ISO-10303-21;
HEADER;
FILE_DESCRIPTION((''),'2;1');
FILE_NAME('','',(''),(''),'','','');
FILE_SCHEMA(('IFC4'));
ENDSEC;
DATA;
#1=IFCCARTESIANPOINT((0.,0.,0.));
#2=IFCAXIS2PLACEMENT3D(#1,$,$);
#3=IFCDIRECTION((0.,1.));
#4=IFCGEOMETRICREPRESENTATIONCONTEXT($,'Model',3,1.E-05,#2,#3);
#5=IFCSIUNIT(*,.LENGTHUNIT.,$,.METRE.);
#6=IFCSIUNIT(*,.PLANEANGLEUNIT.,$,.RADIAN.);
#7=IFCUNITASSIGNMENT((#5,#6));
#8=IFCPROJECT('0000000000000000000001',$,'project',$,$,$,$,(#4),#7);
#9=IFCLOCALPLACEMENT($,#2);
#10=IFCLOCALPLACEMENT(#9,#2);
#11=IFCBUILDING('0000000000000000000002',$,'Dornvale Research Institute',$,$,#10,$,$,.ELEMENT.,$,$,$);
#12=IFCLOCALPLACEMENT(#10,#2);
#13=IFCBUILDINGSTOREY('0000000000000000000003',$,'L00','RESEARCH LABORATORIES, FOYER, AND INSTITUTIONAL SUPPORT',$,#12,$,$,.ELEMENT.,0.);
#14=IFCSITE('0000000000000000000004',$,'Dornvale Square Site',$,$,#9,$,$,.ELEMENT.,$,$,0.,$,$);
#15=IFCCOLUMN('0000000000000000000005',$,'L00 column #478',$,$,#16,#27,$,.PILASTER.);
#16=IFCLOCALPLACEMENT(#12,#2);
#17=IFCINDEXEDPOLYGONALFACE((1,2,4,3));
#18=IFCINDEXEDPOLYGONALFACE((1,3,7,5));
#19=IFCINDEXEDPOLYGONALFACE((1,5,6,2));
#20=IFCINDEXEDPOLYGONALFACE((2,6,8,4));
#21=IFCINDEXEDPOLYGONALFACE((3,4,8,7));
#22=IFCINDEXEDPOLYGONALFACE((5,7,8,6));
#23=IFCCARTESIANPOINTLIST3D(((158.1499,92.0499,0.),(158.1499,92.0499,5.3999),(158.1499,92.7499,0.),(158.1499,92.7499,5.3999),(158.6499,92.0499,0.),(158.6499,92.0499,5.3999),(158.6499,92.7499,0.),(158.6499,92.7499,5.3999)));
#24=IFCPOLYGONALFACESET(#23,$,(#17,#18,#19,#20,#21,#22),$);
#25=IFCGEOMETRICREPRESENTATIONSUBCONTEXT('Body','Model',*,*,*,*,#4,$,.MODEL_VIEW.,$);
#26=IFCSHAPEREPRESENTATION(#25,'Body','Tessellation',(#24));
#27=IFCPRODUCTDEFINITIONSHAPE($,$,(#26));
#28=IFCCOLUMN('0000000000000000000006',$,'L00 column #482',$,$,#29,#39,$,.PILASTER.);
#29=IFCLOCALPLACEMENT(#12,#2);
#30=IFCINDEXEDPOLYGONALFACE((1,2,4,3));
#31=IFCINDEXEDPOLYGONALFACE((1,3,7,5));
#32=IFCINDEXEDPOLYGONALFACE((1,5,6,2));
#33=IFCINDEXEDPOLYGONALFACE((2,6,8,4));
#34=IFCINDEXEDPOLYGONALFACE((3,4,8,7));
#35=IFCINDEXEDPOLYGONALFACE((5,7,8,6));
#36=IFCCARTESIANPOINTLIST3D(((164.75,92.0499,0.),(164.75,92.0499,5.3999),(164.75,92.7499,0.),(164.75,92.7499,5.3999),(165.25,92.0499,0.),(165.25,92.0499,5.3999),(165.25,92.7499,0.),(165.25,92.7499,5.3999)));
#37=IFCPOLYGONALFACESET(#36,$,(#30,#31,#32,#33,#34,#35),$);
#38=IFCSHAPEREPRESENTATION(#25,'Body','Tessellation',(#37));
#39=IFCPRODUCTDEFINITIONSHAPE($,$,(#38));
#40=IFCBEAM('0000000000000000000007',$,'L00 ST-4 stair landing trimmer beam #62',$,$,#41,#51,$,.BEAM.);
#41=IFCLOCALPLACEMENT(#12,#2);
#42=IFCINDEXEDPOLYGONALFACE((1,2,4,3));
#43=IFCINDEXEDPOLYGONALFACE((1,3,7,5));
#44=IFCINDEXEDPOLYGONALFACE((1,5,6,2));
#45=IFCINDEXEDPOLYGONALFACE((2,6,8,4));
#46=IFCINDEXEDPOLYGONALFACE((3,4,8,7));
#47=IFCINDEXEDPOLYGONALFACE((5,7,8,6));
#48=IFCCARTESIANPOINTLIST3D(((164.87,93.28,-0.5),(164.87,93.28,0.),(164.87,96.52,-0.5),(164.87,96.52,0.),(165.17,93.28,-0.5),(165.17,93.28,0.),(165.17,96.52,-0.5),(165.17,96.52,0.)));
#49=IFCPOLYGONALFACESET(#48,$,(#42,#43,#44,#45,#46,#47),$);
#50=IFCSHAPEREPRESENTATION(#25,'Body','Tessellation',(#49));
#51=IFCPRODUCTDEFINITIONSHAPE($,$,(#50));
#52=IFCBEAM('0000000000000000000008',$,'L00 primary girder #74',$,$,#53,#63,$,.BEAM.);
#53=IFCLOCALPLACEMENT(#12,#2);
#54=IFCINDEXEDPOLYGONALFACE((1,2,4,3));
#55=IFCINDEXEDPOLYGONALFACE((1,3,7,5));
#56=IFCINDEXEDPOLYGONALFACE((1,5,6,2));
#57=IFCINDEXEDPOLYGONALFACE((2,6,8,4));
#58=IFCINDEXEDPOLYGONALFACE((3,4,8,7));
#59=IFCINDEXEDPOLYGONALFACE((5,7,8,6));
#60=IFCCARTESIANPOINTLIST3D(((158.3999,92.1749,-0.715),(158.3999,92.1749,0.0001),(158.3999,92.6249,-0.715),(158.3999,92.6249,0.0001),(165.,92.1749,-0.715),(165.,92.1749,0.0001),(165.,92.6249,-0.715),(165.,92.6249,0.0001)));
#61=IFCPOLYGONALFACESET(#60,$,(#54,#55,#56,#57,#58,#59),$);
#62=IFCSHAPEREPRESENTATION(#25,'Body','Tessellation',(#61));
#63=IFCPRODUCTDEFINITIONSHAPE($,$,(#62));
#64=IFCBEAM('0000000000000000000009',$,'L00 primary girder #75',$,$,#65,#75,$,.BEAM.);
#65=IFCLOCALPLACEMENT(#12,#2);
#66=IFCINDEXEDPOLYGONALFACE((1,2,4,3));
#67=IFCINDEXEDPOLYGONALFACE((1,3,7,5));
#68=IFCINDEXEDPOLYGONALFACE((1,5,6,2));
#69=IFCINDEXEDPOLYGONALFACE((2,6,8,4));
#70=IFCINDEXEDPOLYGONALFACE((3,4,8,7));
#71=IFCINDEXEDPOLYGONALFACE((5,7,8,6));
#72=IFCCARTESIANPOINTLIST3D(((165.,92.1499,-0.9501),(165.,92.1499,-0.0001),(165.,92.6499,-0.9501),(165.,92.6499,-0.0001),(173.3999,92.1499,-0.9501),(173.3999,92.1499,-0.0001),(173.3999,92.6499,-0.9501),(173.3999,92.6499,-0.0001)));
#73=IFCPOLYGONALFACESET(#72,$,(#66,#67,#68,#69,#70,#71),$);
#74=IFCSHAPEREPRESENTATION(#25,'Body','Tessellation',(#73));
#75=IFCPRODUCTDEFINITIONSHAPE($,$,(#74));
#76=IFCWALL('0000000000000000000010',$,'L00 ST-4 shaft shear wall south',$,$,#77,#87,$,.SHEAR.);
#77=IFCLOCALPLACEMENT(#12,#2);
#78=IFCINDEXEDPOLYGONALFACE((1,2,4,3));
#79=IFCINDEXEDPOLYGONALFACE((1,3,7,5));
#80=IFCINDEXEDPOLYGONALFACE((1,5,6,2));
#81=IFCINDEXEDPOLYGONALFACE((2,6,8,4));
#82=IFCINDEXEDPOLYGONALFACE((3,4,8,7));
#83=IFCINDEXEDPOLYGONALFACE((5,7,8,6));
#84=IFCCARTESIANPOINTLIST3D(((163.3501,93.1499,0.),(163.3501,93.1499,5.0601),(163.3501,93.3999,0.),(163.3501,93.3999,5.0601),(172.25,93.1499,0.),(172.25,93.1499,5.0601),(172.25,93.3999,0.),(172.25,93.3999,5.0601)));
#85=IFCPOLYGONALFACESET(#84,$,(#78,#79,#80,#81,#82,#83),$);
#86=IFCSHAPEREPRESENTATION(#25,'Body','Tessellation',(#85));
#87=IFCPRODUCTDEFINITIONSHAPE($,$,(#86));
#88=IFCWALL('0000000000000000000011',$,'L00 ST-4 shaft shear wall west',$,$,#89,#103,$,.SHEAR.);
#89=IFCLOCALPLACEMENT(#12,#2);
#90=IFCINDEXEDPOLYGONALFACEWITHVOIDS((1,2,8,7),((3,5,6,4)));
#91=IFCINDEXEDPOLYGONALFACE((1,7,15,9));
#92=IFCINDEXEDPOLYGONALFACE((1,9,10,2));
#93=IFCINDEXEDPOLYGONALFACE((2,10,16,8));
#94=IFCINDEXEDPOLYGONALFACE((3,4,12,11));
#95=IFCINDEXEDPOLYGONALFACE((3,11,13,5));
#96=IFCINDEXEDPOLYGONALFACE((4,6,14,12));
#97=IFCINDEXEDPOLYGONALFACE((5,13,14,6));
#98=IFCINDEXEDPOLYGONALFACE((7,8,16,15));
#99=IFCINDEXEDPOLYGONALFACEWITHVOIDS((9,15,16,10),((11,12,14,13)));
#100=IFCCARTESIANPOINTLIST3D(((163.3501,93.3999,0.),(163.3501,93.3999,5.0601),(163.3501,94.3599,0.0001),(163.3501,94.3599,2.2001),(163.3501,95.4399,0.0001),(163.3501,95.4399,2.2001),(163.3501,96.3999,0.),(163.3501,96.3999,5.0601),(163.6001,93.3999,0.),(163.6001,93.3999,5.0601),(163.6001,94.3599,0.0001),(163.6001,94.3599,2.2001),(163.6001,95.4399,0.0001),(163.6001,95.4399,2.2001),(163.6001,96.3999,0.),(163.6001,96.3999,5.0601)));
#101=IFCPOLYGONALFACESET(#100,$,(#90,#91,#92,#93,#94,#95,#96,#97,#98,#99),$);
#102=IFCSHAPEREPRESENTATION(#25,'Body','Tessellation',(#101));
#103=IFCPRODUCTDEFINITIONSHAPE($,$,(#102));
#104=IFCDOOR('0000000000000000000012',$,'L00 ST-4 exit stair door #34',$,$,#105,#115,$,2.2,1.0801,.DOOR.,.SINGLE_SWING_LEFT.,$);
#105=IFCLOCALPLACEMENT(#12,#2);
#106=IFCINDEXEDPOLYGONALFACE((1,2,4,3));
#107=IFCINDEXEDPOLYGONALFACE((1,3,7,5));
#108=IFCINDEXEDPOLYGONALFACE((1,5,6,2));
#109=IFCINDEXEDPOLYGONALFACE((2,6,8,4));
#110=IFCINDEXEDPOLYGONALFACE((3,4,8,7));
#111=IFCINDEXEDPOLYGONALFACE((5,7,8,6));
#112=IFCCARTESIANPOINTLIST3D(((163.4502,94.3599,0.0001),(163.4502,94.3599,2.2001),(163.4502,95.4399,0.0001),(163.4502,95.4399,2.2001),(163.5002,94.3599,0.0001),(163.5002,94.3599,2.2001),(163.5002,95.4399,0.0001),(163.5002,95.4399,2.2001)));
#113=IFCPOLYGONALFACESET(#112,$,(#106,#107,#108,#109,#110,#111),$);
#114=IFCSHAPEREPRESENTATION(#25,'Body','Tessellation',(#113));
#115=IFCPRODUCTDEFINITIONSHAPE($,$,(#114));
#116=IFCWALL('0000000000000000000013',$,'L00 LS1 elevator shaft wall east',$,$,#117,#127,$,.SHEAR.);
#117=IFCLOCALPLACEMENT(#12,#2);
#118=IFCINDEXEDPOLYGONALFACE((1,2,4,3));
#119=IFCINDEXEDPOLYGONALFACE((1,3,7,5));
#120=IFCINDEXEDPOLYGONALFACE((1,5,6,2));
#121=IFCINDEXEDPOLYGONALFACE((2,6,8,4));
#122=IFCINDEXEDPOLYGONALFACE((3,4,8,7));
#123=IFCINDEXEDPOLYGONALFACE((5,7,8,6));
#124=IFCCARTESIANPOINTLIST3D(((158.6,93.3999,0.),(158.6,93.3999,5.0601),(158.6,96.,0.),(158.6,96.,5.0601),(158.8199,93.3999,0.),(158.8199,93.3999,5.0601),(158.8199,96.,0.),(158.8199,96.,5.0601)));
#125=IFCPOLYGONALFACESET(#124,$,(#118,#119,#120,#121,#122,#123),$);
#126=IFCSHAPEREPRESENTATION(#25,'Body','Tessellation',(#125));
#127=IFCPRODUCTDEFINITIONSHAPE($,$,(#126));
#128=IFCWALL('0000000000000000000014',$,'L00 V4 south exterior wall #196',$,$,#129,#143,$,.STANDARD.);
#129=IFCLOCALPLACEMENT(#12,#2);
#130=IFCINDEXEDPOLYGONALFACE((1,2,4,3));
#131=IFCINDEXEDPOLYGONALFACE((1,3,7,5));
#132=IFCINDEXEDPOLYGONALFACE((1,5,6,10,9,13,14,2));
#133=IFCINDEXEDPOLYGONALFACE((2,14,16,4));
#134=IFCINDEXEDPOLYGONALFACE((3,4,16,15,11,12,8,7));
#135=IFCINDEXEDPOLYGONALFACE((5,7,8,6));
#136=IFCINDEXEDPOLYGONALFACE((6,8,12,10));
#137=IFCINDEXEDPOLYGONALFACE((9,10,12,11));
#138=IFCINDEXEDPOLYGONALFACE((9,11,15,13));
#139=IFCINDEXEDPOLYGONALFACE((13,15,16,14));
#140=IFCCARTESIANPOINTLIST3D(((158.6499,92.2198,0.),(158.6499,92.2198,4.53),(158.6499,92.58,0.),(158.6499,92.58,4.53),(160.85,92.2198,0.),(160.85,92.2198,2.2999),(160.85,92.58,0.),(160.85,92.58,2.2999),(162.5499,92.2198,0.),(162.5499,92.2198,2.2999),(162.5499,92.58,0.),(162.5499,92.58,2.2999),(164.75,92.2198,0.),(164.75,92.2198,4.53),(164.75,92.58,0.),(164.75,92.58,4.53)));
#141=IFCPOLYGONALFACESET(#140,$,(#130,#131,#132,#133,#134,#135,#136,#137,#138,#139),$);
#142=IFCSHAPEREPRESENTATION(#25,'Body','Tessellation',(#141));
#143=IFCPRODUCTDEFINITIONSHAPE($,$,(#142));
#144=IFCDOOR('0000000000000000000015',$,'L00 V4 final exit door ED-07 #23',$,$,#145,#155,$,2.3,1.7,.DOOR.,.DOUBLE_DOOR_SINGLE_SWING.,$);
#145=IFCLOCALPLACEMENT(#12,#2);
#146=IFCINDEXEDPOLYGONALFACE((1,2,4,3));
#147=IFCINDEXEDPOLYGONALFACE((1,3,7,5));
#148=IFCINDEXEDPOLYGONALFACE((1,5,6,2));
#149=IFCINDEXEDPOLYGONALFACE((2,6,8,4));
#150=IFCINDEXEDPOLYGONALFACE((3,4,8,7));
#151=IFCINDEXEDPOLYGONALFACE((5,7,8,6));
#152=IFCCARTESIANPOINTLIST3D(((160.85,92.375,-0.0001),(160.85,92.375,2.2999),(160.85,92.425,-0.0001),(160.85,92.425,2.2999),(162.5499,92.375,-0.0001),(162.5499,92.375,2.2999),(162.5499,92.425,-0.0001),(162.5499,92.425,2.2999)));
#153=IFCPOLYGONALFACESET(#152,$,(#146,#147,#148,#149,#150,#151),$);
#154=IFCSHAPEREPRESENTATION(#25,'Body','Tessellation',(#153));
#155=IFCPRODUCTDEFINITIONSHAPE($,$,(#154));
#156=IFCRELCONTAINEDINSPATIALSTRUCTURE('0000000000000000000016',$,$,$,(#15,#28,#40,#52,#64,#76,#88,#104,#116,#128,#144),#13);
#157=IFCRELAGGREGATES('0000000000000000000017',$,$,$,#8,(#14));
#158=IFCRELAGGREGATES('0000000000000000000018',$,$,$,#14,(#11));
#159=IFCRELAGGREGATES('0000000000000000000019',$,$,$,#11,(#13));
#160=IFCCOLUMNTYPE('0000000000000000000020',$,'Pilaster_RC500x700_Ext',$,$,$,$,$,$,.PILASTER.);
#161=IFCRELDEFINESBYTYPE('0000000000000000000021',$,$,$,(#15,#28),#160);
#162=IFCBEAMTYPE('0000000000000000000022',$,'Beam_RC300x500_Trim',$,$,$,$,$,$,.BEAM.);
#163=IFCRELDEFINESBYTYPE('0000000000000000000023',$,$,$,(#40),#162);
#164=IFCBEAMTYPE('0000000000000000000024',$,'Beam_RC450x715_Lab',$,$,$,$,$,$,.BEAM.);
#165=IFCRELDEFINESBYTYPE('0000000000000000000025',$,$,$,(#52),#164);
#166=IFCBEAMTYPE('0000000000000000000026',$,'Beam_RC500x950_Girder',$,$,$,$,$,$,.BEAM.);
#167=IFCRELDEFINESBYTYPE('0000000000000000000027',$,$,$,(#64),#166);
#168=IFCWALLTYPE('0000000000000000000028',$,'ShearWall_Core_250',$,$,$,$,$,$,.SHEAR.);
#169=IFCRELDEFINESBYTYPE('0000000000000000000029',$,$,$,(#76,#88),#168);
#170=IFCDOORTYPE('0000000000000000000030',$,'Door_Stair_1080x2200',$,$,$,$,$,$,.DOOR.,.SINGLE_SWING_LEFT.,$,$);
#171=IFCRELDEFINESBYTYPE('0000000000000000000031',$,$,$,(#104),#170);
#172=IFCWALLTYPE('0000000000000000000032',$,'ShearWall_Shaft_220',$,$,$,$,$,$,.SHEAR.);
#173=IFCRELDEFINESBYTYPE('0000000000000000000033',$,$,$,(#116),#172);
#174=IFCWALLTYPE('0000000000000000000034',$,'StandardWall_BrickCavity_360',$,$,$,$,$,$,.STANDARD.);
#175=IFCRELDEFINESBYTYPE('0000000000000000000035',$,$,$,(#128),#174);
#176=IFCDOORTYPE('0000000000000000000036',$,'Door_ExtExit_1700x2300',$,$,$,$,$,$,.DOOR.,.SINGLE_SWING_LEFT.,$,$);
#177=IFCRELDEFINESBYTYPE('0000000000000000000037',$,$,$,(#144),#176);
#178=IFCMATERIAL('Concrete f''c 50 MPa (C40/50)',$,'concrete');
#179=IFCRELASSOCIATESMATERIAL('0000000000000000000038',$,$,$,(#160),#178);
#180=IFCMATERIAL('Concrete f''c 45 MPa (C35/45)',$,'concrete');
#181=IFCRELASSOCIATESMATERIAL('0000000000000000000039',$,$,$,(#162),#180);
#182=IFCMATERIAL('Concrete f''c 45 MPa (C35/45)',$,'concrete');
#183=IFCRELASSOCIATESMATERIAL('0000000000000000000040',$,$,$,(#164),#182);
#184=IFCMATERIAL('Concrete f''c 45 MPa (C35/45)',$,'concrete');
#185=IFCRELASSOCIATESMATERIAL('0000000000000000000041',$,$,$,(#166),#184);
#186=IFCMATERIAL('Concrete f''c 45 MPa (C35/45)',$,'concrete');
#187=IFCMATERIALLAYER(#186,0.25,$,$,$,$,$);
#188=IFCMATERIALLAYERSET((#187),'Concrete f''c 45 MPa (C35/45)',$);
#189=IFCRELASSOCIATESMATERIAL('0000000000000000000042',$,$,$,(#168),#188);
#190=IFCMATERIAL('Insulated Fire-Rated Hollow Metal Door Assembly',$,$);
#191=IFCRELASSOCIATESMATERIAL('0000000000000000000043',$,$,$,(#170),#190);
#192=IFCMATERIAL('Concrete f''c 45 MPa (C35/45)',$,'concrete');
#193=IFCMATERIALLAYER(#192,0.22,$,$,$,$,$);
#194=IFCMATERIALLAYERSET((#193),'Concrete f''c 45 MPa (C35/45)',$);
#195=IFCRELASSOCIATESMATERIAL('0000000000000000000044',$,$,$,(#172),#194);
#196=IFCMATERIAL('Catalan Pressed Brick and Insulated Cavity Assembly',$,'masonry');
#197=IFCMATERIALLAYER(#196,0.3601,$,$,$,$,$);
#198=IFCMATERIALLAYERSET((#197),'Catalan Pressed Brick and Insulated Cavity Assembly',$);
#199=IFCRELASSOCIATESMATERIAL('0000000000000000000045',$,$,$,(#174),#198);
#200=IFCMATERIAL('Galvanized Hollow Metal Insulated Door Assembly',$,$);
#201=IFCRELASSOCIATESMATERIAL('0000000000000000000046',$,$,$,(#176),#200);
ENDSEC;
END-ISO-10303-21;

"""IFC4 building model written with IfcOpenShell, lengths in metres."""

from ifc_helpers import new_model, si_unit, direction, frame, frame_2d, origin, origin_2d, place, context, subcontext, project, spatial, rectangle, extrude, material, layer, layer_set, material_profile, profile_set, type_object, element, fill, save


model = new_model("IFC4")

# Units and contexts
model_context = context("Model", 3, precision=1e-05, world=origin(), true_north=direction((0.0, 1.0)))
body_context = subcontext(model_context, "Body", "Model", "MODEL_VIEW")
ifc_project = project(units=[si_unit("LENGTHUNIT", "METRE"), si_unit("PLANEANGLEUNIT", "RADIAN")], contexts=[model_context])

# Site, building, storey
site_placement = place(None, origin())
site = spatial("IfcSite", under=ifc_project, at=site_placement, Name="Dornvale Square Site", CompositionType="ELEMENT", RefElevation=0.0)
building_placement = place(site_placement, origin())
building = spatial("IfcBuilding", under=site, at=building_placement, Name="Dornvale Research Institute", CompositionType="ELEMENT")
storey_placement = place(building_placement, origin())
storey = spatial("IfcBuildingStorey", under=building, at=storey_placement, Name="L00", Description="RESEARCH LABORATORIES, FOYER, AND INSTITUTIONAL SUPPORT", CompositionType="ELEMENT", Elevation=0.0)

# Columns
ifc_material_1 = material(Name="Concrete f'c 50 MPa (C40/50)", Category="concrete")
ifc_material_profile_1 = material_profile(ifc_material_1, rectangle(XDim=0.5, YDim=0.7, at=origin_2d()), Name="RC 500x700")
ifc_profile_set_1 = profile_set([ifc_material_profile_1], Name="Concrete f'c 50 MPa (C40/50)")
column_type = type_object("IfcColumnType", Name="Pilaster_RC500x700_Ext", PredefinedType="PILASTER", material=ifc_profile_set_1)
for number, where, z_axis, x_axis, name in (
    (1, (158.3999, 92.3999, 0.0), (0.0, 0.0, 1.0), (1.0, 0.0, 0.0), "L00 column #478"),
    (2, (165.0, 92.3999, 0.0), (0.0, 0.0, 1.0), (1.0, 0.0, 0.0), "L00 column #482"),
):
    element("IfcColumn", number, at=place(storey_placement, frame(where, z_axis=z_axis, x_axis=x_axis)), inside=storey, type_object=column_type, Name=name, PredefinedType="PILASTER", context=body_context, shape_type="SweptSolid", body=[
        extrude(rectangle(XDim=0.5, YDim=0.7, at=origin_2d()), origin(), (0.0, 0.0, 1.0), 5.3999),
    ])

# Beams
ifc_material_2 = material(Name="Concrete f'c 45 MPa (C35/45)", Category="concrete")
ifc_material_profile_2 = material_profile(ifc_material_2, rectangle(XDim=0.3, YDim=0.5, at=origin_2d()), Name="RC 300x500")
ifc_profile_set_2 = profile_set([ifc_material_profile_2], Name="Concrete f'c 45 MPa (C35/45)")
beam_type_1 = type_object("IfcBeamType", Name="Beam_RC300x500_Trim", PredefinedType="BEAM", material=ifc_profile_set_2)
beam_1_placement = place(storey_placement, frame((165.02, 93.28, -0.25), z_axis=(0.0, 1.0, 0.0), x_axis=(-1.0, 0.0, 0.0)))
element("IfcBeam", 3, at=beam_1_placement, inside=storey, type_object=beam_type_1, Name="L00 ST-4 stair landing trimmer beam #62", PredefinedType="BEAM", context=body_context, shape_type="SweptSolid", body=[
    extrude(rectangle(XDim=0.3, YDim=0.5, at=origin_2d()), origin(), (0.0, 0.0, 1.0), 3.24),
])
ifc_material_3 = material(Name="Concrete f'c 45 MPa (C35/45)", Category="concrete")
ifc_material_profile_3 = material_profile(ifc_material_3, rectangle(XDim=0.45, YDim=0.7151, at=origin_2d()), Name="RC 450x715")
ifc_profile_set_3 = profile_set([ifc_material_profile_3], Name="Concrete f'c 45 MPa (C35/45)")
beam_type_2 = type_object("IfcBeamType", Name="Beam_RC450x715_Lab", PredefinedType="BEAM", material=ifc_profile_set_3)
beam_2_placement = place(storey_placement, frame((158.3999, 92.3999, -0.3574), z_axis=(1.0, 0.0, 0.0), x_axis=(0.0, 1.0, 0.0)))
element("IfcBeam", 4, at=beam_2_placement, inside=storey, type_object=beam_type_2, Name="L00 primary girder #74", PredefinedType="BEAM", context=body_context, shape_type="SweptSolid", body=[
    extrude(rectangle(XDim=0.45, YDim=0.7151, at=origin_2d()), origin(), (0.0, 0.0, 1.0), 6.6001),
])
ifc_material_4 = material(Name="Concrete f'c 45 MPa (C35/45)", Category="concrete")
ifc_material_profile_4 = material_profile(ifc_material_4, rectangle(XDim=0.5, YDim=0.95, at=origin_2d()), Name="RC 500x950")
ifc_profile_set_4 = profile_set([ifc_material_profile_4], Name="Concrete f'c 45 MPa (C35/45)")
beam_type_3 = type_object("IfcBeamType", Name="Beam_RC500x950_Girder", PredefinedType="BEAM", material=ifc_profile_set_4)
beam_3_placement = place(storey_placement, frame((165.0, 92.3999, -0.4751), z_axis=(1.0, 0.0, 0.0), x_axis=(0.0, 1.0, 0.0)))
element("IfcBeam", 5, at=beam_3_placement, inside=storey, type_object=beam_type_3, Name="L00 primary girder #75", PredefinedType="BEAM", context=body_context, shape_type="SweptSolid", body=[
    extrude(rectangle(XDim=0.5, YDim=0.95, at=origin_2d()), origin(), (0.0, 0.0, 1.0), 8.3999),
])

# Wall
ifc_material_5 = material(Name="Concrete f'c 45 MPa (C35/45)", Category="concrete")
ifc_layer_1 = layer(ifc_material_5, 0.25)
ifc_layer_set_1 = layer_set([ifc_layer_1], Name="Concrete f'c 45 MPa (C35/45)")
wall_type_1 = type_object("IfcWallType", Name="ShearWall_Core_250", PredefinedType="SHEAR", material=ifc_layer_set_1)
wall_1_placement = place(storey_placement, frame((163.3501, 93.2749, 0.0), z_axis=(0.0, 0.0, 1.0), x_axis=(1.0, 0.0, 0.0)))
element("IfcWall", 6, at=wall_1_placement, inside=storey, type_object=wall_type_1, Name="L00 ST-4 shaft shear wall south", PredefinedType="SHEAR", context=body_context, shape_type="SweptSolid", body=[
    extrude(rectangle(XDim=8.8999, YDim=0.25, at=frame_2d((4.45, 0.0))), origin(), (0.0, 0.0, 1.0), 5.0601),
])

# Wall, opening, door
wall_2_placement = place(storey_placement, frame((163.4751, 93.3999, 0.0), z_axis=(0.0, 0.0, 1.0), x_axis=(0.0, 1.0, 0.0)))
wall_2 = element("IfcWall", 7, at=wall_2_placement, inside=storey, type_object=wall_type_1, Name="L00 ST-4 shaft shear wall west", PredefinedType="SHEAR", context=body_context, shape_type="SweptSolid", body=[
    extrude(rectangle(XDim=3.0, YDim=0.25, at=frame_2d((1.5, 0.0))), origin(), (0.0, 0.0, 1.0), 5.0601),
])
opening_1_placement = place(wall_2_placement, frame((0.96, 0.0, 0.0)))
opening_1 = element("IfcOpeningElement", 8, at=opening_1_placement, cuts=wall_2, PredefinedType="OPENING", context=body_context, shape_type="SweptSolid", body=[
    extrude(rectangle(XDim=1.0801, YDim=2.2, at=frame_2d((0.54, 1.1001))), frame((0.0, 0.1399, 0.0), z_axis=(0.0, -1.0, 0.0), x_axis=(1.0, 0.0, 0.0)), (0.0, 0.0, 1.0), 0.28),
])
ifc_material_6 = material(Name="Insulated Fire-Rated Hollow Metal Door Assembly")
door_type_1 = type_object("IfcDoorType", Name="Door_Stair_1080x2200", OperationType="SINGLE_SWING_LEFT", PredefinedType="DOOR", material=ifc_material_6)
door_1_placement = place(opening_1_placement, origin())
door_1 = element("IfcDoor", 9, at=door_1_placement, inside=storey, type_object=door_type_1, Name="L00 ST-4 exit stair door #34", OperationType="SINGLE_SWING_LEFT", OverallHeight=2.2, OverallWidth=1.0801, PredefinedType="DOOR", context=body_context, shape_type="SweptSolid", body=[
    extrude(rectangle(XDim=1.0801, YDim=2.2, at=frame_2d((0.54, 1.1001))), frame((0.0, 0.0249, 0.0), z_axis=(0.0, -1.0, 0.0), x_axis=(1.0, 0.0, 0.0)), (0.0, 0.0, 1.0), 0.05),
])
fill(opening_1, door_1)

# Wall
ifc_material_7 = material(Name="Concrete f'c 45 MPa (C35/45)", Category="concrete")
ifc_layer_2 = layer(ifc_material_7, 0.22)
ifc_layer_set_2 = layer_set([ifc_layer_2], Name="Concrete f'c 45 MPa (C35/45)")
wall_type_2 = type_object("IfcWallType", Name="ShearWall_Shaft_220", PredefinedType="SHEAR", material=ifc_layer_set_2)
wall_3_placement = place(storey_placement, frame((158.71, 93.3999, 0.0), z_axis=(0.0, 0.0, 1.0), x_axis=(0.0, 1.0, 0.0)))
element("IfcWall", 10, at=wall_3_placement, inside=storey, type_object=wall_type_2, Name="L00 LS1 elevator shaft wall east", PredefinedType="SHEAR", context=body_context, shape_type="SweptSolid", body=[
    extrude(rectangle(XDim=2.6001, YDim=0.22, at=frame_2d((1.3, 0.0))), origin(), (0.0, 0.0, 1.0), 5.0601),
])

# Wall, opening, door
ifc_material_8 = material(Name="Catalan Pressed Brick and Insulated Cavity Assembly", Category="masonry")
ifc_layer_3 = layer(ifc_material_8, 0.3601)
ifc_layer_set_3 = layer_set([ifc_layer_3], Name="Catalan Pressed Brick and Insulated Cavity Assembly")
wall_type_3 = type_object("IfcWallType", Name="StandardWall_BrickCavity_360", PredefinedType="STANDARD", material=ifc_layer_set_3)
wall_4_placement = place(storey_placement, frame((164.75, 92.3999, 0.0), z_axis=(0.0, 0.0, 1.0), x_axis=(-1.0, 0.0, 0.0)))
wall_4 = element("IfcWall", 11, at=wall_4_placement, inside=storey, type_object=wall_type_3, Name="L00 V4 south exterior wall #196", PredefinedType="STANDARD", context=body_context, shape_type="SweptSolid", body=[
    extrude(rectangle(XDim=6.1001, YDim=0.3601, at=frame_2d((3.05, 0.0))), origin(), (0.0, 0.0, 1.0), 4.53),
])
opening_2_placement = place(wall_4_placement, frame((2.2, 0.0, 0.0)))
opening_2 = element("IfcOpeningElement", 12, at=opening_2_placement, cuts=wall_4, PredefinedType="OPENING", context=body_context, shape_type="SweptSolid", body=[
    extrude(rectangle(XDim=1.7, YDim=2.3, at=frame_2d((0.8501, 1.1499))), frame((0.0, 0.1951, 0.0), z_axis=(0.0, -1.0, 0.0), x_axis=(1.0, 0.0, 0.0)), (0.0, 0.0, 1.0), 0.3901),
])
ifc_material_9 = material(Name="Galvanized Hollow Metal Insulated Door Assembly")
door_type_2 = type_object("IfcDoorType", Name="Door_ExtExit_1700x2300", OperationType="SINGLE_SWING_LEFT", PredefinedType="DOOR", material=ifc_material_9)
door_2_placement = place(opening_2_placement, origin())
door_2 = element("IfcDoor", 13, at=door_2_placement, inside=storey, type_object=door_type_2, Name="L00 V4 final exit door ED-07 #23", OperationType="DOUBLE_DOOR_SINGLE_SWING", OverallHeight=2.3, OverallWidth=1.7, PredefinedType="DOOR", context=body_context, shape_type="SweptSolid", body=[
    extrude(rectangle(XDim=1.7, YDim=2.3, at=frame_2d((0.8501, 1.1499))), frame((0.0, 0.0249, 0.0), z_axis=(0.0, -1.0, 0.0), x_axis=(1.0, 0.0, 0.0)), (0.0, 0.0, 1.0), 0.05),
])
fill(opening_2, door_2)

save(model, "model.ifc")
